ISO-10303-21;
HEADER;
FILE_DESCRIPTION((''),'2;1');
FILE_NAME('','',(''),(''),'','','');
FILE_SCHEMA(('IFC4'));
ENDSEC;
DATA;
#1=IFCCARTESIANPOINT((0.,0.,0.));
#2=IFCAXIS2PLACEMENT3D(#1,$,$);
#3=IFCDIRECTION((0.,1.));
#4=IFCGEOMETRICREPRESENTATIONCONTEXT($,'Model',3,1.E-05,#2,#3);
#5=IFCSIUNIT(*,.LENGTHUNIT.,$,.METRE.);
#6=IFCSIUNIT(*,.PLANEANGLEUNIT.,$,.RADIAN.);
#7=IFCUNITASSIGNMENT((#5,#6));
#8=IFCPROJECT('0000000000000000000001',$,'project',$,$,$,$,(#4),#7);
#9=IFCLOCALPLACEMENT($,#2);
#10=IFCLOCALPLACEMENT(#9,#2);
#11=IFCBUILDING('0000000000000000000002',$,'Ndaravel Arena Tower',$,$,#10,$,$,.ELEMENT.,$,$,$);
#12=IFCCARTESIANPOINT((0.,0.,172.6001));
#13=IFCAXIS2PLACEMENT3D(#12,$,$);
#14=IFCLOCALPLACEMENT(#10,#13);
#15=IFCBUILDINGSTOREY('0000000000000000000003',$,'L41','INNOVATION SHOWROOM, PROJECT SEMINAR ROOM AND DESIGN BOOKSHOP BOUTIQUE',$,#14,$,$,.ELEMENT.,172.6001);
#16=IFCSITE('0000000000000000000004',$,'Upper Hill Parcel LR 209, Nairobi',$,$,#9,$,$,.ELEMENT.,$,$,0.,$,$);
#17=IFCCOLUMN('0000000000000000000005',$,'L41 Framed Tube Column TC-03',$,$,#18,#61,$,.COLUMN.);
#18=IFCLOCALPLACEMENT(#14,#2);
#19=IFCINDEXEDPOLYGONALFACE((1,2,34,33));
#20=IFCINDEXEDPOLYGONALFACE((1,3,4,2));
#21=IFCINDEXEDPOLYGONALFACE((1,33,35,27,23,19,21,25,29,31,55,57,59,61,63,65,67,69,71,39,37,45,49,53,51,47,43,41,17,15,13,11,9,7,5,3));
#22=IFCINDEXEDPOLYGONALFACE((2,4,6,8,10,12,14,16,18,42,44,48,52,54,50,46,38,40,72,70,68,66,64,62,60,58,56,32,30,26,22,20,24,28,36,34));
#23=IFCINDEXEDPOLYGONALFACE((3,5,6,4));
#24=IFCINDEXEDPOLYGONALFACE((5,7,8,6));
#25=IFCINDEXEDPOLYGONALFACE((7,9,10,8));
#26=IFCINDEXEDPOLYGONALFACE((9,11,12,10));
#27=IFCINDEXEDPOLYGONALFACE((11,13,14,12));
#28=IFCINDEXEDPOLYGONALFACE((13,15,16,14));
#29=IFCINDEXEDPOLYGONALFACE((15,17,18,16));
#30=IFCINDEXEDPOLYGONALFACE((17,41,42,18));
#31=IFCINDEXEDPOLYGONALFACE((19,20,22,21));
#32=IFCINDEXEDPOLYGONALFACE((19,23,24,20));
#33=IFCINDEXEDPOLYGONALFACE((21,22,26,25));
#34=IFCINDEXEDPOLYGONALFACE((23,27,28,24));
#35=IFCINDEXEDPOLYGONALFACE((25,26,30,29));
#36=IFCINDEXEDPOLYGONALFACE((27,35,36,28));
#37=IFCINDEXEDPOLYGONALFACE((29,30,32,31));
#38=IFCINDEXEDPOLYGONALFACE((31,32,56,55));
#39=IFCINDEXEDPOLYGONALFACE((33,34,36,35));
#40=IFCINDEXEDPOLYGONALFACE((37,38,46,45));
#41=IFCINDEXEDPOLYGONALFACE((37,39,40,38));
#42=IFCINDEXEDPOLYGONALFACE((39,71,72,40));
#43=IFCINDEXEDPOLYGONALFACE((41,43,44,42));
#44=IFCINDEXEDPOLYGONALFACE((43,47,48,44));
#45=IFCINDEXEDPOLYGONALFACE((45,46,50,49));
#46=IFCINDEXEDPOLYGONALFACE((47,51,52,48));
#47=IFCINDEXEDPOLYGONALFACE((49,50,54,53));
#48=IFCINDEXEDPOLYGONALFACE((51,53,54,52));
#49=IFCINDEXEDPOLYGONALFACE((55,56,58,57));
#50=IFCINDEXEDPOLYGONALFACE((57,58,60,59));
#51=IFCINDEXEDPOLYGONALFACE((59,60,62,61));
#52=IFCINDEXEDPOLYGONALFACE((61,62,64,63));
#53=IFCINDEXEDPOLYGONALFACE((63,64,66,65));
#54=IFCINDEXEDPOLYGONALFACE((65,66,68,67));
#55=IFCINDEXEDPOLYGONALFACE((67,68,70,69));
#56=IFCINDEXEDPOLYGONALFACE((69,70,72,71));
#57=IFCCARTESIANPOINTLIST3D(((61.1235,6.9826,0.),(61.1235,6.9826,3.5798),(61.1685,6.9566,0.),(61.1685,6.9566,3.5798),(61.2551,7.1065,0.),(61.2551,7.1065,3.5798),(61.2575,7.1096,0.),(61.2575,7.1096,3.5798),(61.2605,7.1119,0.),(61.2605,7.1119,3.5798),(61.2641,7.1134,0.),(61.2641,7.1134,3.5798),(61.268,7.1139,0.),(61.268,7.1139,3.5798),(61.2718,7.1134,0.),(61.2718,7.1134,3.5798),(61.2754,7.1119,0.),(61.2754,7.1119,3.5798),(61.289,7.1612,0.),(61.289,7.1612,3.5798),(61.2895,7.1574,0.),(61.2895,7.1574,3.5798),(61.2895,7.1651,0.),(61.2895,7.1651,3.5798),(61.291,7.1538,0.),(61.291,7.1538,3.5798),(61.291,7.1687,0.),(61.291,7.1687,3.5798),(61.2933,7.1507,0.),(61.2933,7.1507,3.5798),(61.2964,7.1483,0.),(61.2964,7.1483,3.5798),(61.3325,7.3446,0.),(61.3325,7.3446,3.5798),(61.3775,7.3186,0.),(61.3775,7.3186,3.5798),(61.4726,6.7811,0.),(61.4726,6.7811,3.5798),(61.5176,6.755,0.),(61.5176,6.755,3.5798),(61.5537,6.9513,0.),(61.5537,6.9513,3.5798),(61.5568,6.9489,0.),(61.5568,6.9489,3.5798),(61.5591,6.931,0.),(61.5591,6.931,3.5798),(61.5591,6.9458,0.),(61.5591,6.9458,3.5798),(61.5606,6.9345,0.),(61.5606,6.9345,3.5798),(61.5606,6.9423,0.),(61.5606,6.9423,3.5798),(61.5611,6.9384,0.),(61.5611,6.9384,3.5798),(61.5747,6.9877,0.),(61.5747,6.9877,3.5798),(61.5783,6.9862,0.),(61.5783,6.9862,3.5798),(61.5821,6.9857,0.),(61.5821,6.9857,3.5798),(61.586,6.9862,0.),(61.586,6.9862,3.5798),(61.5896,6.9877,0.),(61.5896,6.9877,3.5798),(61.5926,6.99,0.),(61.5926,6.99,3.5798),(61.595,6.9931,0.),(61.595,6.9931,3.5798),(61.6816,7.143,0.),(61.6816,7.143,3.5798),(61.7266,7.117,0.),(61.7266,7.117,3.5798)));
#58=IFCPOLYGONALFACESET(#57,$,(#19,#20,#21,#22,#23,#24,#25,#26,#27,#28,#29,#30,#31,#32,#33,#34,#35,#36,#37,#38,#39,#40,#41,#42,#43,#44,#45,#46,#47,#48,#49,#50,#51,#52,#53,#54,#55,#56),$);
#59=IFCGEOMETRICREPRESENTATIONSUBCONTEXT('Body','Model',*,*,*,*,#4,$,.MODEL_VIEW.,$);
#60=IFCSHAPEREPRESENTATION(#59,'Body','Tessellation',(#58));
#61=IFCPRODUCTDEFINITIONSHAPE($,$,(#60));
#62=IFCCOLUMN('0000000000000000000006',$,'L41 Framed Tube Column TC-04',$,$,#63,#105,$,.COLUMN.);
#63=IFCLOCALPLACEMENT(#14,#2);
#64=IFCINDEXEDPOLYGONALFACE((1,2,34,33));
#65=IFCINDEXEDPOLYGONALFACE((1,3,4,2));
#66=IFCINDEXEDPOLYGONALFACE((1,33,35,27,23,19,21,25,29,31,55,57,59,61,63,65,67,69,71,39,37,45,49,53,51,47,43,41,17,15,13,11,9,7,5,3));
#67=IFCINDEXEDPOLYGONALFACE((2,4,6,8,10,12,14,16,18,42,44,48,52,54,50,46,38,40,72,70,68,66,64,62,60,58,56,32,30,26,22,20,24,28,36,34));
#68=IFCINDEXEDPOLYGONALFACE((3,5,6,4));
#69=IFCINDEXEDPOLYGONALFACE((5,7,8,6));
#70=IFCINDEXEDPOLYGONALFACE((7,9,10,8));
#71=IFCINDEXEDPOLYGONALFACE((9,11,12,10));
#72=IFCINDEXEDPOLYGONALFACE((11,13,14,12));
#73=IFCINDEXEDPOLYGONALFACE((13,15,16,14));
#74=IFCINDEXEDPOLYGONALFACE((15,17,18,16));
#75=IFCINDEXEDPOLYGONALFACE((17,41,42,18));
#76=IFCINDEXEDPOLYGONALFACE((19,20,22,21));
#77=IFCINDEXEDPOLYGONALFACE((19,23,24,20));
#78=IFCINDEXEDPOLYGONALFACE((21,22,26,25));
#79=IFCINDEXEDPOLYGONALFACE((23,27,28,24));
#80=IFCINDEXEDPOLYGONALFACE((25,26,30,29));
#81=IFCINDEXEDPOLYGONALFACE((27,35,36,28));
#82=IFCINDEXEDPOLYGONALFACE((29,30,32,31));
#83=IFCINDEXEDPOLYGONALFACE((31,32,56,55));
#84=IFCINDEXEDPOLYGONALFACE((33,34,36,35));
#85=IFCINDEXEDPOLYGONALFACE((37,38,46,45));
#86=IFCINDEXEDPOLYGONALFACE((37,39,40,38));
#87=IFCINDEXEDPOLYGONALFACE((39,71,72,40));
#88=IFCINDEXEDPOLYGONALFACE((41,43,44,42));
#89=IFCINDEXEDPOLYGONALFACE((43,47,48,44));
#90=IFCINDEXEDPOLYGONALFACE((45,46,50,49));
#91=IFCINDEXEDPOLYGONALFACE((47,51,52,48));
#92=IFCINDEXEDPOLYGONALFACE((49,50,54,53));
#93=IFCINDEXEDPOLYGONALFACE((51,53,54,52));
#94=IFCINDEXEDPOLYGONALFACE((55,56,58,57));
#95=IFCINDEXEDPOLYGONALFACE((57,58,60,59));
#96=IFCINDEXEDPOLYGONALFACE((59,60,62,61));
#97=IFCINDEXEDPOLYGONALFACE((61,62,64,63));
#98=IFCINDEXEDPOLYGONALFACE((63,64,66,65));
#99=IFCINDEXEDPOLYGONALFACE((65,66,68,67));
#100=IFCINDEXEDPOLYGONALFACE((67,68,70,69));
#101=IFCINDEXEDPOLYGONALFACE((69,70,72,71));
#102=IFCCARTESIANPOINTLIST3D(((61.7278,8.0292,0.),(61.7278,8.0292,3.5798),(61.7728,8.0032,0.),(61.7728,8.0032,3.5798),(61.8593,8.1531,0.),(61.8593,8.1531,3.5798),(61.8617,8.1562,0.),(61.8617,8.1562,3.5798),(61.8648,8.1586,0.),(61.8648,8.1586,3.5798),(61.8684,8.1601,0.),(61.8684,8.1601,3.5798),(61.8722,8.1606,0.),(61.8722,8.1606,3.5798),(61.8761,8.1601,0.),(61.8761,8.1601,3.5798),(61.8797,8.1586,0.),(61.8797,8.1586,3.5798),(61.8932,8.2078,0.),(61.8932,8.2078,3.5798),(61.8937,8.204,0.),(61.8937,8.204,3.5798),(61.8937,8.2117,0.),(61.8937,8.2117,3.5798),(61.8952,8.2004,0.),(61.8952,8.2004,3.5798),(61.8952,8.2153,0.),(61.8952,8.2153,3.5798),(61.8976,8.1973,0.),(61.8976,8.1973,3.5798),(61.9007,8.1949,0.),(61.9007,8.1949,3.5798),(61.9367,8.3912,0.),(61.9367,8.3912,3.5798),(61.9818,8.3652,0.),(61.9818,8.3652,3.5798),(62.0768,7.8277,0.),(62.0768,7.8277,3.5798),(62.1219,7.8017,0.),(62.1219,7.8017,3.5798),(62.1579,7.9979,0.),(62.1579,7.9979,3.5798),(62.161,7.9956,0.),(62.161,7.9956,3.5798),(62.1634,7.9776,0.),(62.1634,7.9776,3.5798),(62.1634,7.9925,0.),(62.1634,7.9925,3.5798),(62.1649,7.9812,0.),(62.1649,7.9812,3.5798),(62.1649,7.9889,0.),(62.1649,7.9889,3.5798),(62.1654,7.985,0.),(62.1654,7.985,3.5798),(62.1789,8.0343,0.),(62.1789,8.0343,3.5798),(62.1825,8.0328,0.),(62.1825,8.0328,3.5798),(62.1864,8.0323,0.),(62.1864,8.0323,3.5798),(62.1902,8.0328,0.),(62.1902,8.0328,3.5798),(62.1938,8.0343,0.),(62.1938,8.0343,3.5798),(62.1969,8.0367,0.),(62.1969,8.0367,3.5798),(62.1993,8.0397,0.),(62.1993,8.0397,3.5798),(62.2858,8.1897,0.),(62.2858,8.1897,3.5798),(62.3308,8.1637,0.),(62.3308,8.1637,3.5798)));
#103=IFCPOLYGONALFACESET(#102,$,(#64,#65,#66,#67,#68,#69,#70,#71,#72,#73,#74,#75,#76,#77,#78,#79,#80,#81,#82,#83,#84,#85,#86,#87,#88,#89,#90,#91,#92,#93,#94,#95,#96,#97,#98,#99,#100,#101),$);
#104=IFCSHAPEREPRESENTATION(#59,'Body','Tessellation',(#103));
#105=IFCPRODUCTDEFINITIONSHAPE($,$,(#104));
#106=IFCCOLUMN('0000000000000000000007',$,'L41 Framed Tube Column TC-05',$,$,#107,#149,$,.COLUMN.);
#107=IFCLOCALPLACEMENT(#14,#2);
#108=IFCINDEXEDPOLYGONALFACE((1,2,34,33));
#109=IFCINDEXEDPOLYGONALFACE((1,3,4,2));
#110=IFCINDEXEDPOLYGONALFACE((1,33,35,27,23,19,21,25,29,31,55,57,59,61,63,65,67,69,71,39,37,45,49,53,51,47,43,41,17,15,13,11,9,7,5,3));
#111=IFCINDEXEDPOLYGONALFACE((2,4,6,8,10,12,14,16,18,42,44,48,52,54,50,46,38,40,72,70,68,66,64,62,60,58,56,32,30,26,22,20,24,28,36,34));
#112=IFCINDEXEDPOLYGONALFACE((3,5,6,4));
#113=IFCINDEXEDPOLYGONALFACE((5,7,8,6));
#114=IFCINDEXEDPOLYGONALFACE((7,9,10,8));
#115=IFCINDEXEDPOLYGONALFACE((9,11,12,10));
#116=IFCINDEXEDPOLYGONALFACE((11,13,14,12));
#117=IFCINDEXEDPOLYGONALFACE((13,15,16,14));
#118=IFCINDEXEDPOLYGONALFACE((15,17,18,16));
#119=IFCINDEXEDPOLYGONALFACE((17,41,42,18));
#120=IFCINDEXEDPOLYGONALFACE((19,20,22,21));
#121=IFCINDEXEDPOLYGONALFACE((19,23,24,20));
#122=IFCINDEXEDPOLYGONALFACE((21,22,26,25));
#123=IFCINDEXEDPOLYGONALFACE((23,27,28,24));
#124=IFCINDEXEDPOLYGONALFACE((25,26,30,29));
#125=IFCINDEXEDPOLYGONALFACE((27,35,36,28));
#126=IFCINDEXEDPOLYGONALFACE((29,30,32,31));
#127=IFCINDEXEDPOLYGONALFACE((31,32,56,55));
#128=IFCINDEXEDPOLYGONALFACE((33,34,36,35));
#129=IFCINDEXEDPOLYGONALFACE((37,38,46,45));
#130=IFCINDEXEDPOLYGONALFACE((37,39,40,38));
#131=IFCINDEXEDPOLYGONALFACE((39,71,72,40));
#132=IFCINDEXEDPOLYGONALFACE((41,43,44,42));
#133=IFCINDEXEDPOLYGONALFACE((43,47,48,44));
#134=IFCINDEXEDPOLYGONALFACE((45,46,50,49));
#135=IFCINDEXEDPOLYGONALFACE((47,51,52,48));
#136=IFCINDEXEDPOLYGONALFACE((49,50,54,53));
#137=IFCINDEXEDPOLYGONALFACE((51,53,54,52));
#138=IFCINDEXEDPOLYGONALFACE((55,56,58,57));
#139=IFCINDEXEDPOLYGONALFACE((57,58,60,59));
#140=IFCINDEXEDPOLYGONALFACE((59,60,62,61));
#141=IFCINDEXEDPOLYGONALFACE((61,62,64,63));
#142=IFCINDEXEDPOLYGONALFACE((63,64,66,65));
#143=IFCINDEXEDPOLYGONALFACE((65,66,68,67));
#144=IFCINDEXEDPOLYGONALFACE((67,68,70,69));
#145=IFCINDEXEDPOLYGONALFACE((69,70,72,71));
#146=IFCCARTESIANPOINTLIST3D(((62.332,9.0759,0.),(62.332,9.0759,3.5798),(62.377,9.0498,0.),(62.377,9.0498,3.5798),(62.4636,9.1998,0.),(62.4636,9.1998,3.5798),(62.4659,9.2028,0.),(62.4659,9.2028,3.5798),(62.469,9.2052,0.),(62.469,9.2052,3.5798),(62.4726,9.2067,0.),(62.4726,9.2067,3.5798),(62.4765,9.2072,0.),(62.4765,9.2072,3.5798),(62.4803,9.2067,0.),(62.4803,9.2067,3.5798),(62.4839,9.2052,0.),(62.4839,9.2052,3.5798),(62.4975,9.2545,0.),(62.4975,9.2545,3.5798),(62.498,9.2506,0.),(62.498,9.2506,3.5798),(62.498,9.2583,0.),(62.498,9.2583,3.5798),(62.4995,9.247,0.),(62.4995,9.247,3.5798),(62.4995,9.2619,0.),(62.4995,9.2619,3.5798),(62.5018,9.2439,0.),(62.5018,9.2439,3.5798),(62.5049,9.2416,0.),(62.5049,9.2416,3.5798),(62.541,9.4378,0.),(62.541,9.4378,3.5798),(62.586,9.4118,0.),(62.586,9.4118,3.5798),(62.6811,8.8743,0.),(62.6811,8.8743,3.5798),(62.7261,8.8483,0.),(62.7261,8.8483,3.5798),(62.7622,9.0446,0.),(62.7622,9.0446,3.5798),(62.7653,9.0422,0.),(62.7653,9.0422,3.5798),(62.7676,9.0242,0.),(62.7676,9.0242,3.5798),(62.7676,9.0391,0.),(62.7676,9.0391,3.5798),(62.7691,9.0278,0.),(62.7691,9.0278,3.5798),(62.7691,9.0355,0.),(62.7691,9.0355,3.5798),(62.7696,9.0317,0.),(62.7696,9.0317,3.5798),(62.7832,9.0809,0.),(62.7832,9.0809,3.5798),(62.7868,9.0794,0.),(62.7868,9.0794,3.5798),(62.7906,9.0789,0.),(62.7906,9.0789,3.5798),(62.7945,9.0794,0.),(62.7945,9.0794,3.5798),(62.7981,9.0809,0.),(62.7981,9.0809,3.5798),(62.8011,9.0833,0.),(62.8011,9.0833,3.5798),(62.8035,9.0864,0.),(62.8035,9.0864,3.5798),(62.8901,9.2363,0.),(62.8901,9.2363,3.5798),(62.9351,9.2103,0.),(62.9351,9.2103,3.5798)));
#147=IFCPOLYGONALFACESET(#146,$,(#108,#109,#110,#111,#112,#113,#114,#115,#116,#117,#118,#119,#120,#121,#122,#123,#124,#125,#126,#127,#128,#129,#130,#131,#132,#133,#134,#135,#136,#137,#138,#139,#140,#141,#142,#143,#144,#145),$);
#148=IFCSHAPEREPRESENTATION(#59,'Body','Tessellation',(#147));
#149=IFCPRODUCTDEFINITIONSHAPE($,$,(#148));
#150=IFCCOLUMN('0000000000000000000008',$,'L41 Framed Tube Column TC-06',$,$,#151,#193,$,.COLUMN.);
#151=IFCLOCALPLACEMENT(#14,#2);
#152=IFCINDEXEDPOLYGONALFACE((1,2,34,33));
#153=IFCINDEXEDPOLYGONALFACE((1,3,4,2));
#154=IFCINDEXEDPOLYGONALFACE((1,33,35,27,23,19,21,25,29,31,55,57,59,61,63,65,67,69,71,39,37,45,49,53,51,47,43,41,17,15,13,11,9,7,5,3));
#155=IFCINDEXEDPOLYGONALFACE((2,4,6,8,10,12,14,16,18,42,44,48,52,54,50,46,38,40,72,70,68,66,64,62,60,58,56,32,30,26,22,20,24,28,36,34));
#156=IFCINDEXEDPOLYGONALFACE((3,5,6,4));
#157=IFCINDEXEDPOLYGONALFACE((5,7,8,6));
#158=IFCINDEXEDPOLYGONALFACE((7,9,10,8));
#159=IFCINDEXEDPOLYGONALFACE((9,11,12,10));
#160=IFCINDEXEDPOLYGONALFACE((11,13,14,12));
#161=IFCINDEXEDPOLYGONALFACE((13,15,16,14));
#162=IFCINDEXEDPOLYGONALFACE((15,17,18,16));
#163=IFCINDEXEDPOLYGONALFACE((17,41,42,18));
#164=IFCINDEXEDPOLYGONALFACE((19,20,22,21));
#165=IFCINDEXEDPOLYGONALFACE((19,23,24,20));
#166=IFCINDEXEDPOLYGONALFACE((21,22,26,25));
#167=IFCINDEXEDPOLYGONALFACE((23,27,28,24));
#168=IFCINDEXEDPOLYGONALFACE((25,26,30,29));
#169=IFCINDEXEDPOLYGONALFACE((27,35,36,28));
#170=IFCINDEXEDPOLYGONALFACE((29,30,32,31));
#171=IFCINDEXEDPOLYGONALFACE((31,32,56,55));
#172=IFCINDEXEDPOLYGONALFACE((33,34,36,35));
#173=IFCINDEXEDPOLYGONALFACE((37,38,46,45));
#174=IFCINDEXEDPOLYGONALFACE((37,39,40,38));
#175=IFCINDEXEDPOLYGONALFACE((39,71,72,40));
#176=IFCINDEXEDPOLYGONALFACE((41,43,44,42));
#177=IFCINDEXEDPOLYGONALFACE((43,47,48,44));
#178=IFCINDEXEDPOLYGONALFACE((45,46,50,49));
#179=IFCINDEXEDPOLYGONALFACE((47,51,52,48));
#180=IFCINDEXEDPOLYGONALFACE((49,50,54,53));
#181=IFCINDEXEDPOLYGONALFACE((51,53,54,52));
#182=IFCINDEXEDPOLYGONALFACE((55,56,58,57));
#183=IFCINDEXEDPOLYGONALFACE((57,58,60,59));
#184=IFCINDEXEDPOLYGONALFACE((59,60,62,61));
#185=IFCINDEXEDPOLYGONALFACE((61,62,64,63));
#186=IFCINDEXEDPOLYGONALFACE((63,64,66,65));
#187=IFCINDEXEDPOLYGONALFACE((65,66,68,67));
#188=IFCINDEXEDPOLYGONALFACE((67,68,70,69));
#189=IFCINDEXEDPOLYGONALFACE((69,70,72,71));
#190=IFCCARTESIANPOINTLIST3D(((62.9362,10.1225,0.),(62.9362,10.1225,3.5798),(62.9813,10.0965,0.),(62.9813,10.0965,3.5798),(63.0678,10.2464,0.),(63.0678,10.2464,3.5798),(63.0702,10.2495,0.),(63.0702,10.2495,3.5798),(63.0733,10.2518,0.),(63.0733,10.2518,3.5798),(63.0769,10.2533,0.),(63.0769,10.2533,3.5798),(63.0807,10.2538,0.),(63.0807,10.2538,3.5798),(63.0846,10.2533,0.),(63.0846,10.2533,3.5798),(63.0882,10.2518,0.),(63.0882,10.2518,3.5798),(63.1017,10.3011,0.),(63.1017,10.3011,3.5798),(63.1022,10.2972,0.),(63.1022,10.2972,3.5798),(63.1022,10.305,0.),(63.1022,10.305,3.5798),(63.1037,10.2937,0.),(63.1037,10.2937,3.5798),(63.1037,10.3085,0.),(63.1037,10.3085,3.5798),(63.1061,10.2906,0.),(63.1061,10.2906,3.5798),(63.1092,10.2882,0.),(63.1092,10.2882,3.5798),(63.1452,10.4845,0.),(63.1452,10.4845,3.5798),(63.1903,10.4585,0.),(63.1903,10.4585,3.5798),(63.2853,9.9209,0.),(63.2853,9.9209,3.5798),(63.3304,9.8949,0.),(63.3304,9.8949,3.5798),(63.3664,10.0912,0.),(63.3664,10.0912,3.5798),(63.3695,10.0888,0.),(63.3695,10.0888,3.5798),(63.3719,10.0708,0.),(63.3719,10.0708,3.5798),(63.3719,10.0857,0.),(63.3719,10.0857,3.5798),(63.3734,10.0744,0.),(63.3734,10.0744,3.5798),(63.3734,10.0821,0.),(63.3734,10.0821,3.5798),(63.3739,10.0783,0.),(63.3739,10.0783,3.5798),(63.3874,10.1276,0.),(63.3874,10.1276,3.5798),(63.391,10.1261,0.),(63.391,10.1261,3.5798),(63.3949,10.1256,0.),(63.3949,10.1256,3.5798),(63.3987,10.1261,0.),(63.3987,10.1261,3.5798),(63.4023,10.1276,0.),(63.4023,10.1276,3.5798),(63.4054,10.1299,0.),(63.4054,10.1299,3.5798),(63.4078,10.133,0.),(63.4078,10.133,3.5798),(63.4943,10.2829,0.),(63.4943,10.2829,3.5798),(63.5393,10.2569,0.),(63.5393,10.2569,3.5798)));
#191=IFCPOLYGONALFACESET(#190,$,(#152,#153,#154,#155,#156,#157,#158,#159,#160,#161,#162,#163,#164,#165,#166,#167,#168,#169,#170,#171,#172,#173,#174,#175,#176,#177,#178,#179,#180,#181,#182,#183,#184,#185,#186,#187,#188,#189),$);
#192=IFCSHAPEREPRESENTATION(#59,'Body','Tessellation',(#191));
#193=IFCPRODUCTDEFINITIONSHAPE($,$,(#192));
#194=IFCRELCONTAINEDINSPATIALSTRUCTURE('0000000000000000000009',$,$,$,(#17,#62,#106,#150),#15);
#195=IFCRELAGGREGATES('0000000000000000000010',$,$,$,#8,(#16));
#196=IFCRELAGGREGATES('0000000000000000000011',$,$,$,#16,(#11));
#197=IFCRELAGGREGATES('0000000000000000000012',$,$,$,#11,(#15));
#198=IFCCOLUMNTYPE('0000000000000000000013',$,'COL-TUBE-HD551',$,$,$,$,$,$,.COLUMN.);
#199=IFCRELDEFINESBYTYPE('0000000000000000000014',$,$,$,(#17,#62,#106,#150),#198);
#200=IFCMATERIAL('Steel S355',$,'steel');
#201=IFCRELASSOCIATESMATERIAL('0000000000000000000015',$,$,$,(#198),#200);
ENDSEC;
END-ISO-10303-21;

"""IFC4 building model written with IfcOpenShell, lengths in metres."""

from ifc_helpers import new_model, si_unit, direction, frame, origin, origin_2d, place, context, subcontext, project, spatial, i_section, extrude, material, material_profile, profile_set, type_object, element, save


model = new_model("IFC4")

# Units and contexts
model_context = context("Model", 3, precision=1e-05, world=origin(), true_north=direction((0.0, 1.0)))
body_context = subcontext(model_context, "Body", "Model", "MODEL_VIEW")
ifc_project = project(units=[si_unit("LENGTHUNIT", "METRE"), si_unit("PLANEANGLEUNIT", "RADIAN")], contexts=[model_context])

# Site, building, storey
site_placement = place(None, origin())
site = spatial("IfcSite", under=ifc_project, at=site_placement, Name="Upper Hill Parcel LR 209, Nairobi", CompositionType="ELEMENT", RefElevation=0.0)
building_placement = place(site_placement, origin())
building = spatial("IfcBuilding", under=site, at=building_placement, Name="Ndaravel Arena Tower", CompositionType="ELEMENT")
storey_placement = place(building_placement, frame((0.0, 0.0, 172.6001)))
storey = spatial("IfcBuildingStorey", under=building, at=storey_placement, Name="L41", Description="INNOVATION SHOWROOM, PROJECT SEMINAR ROOM AND DESIGN BOOKSHOP BOUTIQUE", CompositionType="ELEMENT", Elevation=172.6001)

# Columns
ifc_material_1 = material(Name="Steel S355", Category="steel")
ifc_material_profile_1 = material_profile(ifc_material_1, i_section(OverallWidth=0.418, OverallDepth=0.4551, WebThickness=0.042, FlangeThickness=0.052, FilletRadius=0.0149, at=origin_2d()), Name="HD 400x551")
ifc_profile_set_1 = profile_set([ifc_material_profile_1], Name="Steel S355")
column_type = type_object("IfcColumnType", Name="COL-TUBE-HD551", PredefinedType="COLUMN", material=ifc_profile_set_1)
for number, where, z_axis, x_axis, name in (
    (1, (61.425, 7.0498, 0.0), (0.0, 0.0, 1.0), (0.5, 0.866025, 0.0), "L41 Framed Tube Column TC-03"),
    (2, (62.0293, 8.0964, 0.0), (0.0, 0.0, 1.0), (0.5, 0.866025, 0.0), "L41 Framed Tube Column TC-04"),
    (3, (62.6335, 9.1431, 0.0), (0.0, 0.0, 1.0), (0.5, 0.866025, 0.0), "L41 Framed Tube Column TC-05"),
    (4, (63.2378, 10.1897, 0.0), (0.0, 0.0, 1.0), (0.5, 0.866025, 0.0), "L41 Framed Tube Column TC-06"),
):
    element("IfcColumn", number, at=place(storey_placement, frame(where, z_axis=z_axis, x_axis=x_axis)), inside=storey, type_object=column_type, Name=name, PredefinedType="COLUMN", context=body_context, shape_type="SweptSolid", body=[
        extrude(i_section(OverallWidth=0.418, OverallDepth=0.4551, WebThickness=0.042, FlangeThickness=0.052, FilletRadius=0.0149, at=origin_2d()), origin(), (0.0, 0.0, 1.0), 3.5798),
    ])

save(model, "model.ifc")
